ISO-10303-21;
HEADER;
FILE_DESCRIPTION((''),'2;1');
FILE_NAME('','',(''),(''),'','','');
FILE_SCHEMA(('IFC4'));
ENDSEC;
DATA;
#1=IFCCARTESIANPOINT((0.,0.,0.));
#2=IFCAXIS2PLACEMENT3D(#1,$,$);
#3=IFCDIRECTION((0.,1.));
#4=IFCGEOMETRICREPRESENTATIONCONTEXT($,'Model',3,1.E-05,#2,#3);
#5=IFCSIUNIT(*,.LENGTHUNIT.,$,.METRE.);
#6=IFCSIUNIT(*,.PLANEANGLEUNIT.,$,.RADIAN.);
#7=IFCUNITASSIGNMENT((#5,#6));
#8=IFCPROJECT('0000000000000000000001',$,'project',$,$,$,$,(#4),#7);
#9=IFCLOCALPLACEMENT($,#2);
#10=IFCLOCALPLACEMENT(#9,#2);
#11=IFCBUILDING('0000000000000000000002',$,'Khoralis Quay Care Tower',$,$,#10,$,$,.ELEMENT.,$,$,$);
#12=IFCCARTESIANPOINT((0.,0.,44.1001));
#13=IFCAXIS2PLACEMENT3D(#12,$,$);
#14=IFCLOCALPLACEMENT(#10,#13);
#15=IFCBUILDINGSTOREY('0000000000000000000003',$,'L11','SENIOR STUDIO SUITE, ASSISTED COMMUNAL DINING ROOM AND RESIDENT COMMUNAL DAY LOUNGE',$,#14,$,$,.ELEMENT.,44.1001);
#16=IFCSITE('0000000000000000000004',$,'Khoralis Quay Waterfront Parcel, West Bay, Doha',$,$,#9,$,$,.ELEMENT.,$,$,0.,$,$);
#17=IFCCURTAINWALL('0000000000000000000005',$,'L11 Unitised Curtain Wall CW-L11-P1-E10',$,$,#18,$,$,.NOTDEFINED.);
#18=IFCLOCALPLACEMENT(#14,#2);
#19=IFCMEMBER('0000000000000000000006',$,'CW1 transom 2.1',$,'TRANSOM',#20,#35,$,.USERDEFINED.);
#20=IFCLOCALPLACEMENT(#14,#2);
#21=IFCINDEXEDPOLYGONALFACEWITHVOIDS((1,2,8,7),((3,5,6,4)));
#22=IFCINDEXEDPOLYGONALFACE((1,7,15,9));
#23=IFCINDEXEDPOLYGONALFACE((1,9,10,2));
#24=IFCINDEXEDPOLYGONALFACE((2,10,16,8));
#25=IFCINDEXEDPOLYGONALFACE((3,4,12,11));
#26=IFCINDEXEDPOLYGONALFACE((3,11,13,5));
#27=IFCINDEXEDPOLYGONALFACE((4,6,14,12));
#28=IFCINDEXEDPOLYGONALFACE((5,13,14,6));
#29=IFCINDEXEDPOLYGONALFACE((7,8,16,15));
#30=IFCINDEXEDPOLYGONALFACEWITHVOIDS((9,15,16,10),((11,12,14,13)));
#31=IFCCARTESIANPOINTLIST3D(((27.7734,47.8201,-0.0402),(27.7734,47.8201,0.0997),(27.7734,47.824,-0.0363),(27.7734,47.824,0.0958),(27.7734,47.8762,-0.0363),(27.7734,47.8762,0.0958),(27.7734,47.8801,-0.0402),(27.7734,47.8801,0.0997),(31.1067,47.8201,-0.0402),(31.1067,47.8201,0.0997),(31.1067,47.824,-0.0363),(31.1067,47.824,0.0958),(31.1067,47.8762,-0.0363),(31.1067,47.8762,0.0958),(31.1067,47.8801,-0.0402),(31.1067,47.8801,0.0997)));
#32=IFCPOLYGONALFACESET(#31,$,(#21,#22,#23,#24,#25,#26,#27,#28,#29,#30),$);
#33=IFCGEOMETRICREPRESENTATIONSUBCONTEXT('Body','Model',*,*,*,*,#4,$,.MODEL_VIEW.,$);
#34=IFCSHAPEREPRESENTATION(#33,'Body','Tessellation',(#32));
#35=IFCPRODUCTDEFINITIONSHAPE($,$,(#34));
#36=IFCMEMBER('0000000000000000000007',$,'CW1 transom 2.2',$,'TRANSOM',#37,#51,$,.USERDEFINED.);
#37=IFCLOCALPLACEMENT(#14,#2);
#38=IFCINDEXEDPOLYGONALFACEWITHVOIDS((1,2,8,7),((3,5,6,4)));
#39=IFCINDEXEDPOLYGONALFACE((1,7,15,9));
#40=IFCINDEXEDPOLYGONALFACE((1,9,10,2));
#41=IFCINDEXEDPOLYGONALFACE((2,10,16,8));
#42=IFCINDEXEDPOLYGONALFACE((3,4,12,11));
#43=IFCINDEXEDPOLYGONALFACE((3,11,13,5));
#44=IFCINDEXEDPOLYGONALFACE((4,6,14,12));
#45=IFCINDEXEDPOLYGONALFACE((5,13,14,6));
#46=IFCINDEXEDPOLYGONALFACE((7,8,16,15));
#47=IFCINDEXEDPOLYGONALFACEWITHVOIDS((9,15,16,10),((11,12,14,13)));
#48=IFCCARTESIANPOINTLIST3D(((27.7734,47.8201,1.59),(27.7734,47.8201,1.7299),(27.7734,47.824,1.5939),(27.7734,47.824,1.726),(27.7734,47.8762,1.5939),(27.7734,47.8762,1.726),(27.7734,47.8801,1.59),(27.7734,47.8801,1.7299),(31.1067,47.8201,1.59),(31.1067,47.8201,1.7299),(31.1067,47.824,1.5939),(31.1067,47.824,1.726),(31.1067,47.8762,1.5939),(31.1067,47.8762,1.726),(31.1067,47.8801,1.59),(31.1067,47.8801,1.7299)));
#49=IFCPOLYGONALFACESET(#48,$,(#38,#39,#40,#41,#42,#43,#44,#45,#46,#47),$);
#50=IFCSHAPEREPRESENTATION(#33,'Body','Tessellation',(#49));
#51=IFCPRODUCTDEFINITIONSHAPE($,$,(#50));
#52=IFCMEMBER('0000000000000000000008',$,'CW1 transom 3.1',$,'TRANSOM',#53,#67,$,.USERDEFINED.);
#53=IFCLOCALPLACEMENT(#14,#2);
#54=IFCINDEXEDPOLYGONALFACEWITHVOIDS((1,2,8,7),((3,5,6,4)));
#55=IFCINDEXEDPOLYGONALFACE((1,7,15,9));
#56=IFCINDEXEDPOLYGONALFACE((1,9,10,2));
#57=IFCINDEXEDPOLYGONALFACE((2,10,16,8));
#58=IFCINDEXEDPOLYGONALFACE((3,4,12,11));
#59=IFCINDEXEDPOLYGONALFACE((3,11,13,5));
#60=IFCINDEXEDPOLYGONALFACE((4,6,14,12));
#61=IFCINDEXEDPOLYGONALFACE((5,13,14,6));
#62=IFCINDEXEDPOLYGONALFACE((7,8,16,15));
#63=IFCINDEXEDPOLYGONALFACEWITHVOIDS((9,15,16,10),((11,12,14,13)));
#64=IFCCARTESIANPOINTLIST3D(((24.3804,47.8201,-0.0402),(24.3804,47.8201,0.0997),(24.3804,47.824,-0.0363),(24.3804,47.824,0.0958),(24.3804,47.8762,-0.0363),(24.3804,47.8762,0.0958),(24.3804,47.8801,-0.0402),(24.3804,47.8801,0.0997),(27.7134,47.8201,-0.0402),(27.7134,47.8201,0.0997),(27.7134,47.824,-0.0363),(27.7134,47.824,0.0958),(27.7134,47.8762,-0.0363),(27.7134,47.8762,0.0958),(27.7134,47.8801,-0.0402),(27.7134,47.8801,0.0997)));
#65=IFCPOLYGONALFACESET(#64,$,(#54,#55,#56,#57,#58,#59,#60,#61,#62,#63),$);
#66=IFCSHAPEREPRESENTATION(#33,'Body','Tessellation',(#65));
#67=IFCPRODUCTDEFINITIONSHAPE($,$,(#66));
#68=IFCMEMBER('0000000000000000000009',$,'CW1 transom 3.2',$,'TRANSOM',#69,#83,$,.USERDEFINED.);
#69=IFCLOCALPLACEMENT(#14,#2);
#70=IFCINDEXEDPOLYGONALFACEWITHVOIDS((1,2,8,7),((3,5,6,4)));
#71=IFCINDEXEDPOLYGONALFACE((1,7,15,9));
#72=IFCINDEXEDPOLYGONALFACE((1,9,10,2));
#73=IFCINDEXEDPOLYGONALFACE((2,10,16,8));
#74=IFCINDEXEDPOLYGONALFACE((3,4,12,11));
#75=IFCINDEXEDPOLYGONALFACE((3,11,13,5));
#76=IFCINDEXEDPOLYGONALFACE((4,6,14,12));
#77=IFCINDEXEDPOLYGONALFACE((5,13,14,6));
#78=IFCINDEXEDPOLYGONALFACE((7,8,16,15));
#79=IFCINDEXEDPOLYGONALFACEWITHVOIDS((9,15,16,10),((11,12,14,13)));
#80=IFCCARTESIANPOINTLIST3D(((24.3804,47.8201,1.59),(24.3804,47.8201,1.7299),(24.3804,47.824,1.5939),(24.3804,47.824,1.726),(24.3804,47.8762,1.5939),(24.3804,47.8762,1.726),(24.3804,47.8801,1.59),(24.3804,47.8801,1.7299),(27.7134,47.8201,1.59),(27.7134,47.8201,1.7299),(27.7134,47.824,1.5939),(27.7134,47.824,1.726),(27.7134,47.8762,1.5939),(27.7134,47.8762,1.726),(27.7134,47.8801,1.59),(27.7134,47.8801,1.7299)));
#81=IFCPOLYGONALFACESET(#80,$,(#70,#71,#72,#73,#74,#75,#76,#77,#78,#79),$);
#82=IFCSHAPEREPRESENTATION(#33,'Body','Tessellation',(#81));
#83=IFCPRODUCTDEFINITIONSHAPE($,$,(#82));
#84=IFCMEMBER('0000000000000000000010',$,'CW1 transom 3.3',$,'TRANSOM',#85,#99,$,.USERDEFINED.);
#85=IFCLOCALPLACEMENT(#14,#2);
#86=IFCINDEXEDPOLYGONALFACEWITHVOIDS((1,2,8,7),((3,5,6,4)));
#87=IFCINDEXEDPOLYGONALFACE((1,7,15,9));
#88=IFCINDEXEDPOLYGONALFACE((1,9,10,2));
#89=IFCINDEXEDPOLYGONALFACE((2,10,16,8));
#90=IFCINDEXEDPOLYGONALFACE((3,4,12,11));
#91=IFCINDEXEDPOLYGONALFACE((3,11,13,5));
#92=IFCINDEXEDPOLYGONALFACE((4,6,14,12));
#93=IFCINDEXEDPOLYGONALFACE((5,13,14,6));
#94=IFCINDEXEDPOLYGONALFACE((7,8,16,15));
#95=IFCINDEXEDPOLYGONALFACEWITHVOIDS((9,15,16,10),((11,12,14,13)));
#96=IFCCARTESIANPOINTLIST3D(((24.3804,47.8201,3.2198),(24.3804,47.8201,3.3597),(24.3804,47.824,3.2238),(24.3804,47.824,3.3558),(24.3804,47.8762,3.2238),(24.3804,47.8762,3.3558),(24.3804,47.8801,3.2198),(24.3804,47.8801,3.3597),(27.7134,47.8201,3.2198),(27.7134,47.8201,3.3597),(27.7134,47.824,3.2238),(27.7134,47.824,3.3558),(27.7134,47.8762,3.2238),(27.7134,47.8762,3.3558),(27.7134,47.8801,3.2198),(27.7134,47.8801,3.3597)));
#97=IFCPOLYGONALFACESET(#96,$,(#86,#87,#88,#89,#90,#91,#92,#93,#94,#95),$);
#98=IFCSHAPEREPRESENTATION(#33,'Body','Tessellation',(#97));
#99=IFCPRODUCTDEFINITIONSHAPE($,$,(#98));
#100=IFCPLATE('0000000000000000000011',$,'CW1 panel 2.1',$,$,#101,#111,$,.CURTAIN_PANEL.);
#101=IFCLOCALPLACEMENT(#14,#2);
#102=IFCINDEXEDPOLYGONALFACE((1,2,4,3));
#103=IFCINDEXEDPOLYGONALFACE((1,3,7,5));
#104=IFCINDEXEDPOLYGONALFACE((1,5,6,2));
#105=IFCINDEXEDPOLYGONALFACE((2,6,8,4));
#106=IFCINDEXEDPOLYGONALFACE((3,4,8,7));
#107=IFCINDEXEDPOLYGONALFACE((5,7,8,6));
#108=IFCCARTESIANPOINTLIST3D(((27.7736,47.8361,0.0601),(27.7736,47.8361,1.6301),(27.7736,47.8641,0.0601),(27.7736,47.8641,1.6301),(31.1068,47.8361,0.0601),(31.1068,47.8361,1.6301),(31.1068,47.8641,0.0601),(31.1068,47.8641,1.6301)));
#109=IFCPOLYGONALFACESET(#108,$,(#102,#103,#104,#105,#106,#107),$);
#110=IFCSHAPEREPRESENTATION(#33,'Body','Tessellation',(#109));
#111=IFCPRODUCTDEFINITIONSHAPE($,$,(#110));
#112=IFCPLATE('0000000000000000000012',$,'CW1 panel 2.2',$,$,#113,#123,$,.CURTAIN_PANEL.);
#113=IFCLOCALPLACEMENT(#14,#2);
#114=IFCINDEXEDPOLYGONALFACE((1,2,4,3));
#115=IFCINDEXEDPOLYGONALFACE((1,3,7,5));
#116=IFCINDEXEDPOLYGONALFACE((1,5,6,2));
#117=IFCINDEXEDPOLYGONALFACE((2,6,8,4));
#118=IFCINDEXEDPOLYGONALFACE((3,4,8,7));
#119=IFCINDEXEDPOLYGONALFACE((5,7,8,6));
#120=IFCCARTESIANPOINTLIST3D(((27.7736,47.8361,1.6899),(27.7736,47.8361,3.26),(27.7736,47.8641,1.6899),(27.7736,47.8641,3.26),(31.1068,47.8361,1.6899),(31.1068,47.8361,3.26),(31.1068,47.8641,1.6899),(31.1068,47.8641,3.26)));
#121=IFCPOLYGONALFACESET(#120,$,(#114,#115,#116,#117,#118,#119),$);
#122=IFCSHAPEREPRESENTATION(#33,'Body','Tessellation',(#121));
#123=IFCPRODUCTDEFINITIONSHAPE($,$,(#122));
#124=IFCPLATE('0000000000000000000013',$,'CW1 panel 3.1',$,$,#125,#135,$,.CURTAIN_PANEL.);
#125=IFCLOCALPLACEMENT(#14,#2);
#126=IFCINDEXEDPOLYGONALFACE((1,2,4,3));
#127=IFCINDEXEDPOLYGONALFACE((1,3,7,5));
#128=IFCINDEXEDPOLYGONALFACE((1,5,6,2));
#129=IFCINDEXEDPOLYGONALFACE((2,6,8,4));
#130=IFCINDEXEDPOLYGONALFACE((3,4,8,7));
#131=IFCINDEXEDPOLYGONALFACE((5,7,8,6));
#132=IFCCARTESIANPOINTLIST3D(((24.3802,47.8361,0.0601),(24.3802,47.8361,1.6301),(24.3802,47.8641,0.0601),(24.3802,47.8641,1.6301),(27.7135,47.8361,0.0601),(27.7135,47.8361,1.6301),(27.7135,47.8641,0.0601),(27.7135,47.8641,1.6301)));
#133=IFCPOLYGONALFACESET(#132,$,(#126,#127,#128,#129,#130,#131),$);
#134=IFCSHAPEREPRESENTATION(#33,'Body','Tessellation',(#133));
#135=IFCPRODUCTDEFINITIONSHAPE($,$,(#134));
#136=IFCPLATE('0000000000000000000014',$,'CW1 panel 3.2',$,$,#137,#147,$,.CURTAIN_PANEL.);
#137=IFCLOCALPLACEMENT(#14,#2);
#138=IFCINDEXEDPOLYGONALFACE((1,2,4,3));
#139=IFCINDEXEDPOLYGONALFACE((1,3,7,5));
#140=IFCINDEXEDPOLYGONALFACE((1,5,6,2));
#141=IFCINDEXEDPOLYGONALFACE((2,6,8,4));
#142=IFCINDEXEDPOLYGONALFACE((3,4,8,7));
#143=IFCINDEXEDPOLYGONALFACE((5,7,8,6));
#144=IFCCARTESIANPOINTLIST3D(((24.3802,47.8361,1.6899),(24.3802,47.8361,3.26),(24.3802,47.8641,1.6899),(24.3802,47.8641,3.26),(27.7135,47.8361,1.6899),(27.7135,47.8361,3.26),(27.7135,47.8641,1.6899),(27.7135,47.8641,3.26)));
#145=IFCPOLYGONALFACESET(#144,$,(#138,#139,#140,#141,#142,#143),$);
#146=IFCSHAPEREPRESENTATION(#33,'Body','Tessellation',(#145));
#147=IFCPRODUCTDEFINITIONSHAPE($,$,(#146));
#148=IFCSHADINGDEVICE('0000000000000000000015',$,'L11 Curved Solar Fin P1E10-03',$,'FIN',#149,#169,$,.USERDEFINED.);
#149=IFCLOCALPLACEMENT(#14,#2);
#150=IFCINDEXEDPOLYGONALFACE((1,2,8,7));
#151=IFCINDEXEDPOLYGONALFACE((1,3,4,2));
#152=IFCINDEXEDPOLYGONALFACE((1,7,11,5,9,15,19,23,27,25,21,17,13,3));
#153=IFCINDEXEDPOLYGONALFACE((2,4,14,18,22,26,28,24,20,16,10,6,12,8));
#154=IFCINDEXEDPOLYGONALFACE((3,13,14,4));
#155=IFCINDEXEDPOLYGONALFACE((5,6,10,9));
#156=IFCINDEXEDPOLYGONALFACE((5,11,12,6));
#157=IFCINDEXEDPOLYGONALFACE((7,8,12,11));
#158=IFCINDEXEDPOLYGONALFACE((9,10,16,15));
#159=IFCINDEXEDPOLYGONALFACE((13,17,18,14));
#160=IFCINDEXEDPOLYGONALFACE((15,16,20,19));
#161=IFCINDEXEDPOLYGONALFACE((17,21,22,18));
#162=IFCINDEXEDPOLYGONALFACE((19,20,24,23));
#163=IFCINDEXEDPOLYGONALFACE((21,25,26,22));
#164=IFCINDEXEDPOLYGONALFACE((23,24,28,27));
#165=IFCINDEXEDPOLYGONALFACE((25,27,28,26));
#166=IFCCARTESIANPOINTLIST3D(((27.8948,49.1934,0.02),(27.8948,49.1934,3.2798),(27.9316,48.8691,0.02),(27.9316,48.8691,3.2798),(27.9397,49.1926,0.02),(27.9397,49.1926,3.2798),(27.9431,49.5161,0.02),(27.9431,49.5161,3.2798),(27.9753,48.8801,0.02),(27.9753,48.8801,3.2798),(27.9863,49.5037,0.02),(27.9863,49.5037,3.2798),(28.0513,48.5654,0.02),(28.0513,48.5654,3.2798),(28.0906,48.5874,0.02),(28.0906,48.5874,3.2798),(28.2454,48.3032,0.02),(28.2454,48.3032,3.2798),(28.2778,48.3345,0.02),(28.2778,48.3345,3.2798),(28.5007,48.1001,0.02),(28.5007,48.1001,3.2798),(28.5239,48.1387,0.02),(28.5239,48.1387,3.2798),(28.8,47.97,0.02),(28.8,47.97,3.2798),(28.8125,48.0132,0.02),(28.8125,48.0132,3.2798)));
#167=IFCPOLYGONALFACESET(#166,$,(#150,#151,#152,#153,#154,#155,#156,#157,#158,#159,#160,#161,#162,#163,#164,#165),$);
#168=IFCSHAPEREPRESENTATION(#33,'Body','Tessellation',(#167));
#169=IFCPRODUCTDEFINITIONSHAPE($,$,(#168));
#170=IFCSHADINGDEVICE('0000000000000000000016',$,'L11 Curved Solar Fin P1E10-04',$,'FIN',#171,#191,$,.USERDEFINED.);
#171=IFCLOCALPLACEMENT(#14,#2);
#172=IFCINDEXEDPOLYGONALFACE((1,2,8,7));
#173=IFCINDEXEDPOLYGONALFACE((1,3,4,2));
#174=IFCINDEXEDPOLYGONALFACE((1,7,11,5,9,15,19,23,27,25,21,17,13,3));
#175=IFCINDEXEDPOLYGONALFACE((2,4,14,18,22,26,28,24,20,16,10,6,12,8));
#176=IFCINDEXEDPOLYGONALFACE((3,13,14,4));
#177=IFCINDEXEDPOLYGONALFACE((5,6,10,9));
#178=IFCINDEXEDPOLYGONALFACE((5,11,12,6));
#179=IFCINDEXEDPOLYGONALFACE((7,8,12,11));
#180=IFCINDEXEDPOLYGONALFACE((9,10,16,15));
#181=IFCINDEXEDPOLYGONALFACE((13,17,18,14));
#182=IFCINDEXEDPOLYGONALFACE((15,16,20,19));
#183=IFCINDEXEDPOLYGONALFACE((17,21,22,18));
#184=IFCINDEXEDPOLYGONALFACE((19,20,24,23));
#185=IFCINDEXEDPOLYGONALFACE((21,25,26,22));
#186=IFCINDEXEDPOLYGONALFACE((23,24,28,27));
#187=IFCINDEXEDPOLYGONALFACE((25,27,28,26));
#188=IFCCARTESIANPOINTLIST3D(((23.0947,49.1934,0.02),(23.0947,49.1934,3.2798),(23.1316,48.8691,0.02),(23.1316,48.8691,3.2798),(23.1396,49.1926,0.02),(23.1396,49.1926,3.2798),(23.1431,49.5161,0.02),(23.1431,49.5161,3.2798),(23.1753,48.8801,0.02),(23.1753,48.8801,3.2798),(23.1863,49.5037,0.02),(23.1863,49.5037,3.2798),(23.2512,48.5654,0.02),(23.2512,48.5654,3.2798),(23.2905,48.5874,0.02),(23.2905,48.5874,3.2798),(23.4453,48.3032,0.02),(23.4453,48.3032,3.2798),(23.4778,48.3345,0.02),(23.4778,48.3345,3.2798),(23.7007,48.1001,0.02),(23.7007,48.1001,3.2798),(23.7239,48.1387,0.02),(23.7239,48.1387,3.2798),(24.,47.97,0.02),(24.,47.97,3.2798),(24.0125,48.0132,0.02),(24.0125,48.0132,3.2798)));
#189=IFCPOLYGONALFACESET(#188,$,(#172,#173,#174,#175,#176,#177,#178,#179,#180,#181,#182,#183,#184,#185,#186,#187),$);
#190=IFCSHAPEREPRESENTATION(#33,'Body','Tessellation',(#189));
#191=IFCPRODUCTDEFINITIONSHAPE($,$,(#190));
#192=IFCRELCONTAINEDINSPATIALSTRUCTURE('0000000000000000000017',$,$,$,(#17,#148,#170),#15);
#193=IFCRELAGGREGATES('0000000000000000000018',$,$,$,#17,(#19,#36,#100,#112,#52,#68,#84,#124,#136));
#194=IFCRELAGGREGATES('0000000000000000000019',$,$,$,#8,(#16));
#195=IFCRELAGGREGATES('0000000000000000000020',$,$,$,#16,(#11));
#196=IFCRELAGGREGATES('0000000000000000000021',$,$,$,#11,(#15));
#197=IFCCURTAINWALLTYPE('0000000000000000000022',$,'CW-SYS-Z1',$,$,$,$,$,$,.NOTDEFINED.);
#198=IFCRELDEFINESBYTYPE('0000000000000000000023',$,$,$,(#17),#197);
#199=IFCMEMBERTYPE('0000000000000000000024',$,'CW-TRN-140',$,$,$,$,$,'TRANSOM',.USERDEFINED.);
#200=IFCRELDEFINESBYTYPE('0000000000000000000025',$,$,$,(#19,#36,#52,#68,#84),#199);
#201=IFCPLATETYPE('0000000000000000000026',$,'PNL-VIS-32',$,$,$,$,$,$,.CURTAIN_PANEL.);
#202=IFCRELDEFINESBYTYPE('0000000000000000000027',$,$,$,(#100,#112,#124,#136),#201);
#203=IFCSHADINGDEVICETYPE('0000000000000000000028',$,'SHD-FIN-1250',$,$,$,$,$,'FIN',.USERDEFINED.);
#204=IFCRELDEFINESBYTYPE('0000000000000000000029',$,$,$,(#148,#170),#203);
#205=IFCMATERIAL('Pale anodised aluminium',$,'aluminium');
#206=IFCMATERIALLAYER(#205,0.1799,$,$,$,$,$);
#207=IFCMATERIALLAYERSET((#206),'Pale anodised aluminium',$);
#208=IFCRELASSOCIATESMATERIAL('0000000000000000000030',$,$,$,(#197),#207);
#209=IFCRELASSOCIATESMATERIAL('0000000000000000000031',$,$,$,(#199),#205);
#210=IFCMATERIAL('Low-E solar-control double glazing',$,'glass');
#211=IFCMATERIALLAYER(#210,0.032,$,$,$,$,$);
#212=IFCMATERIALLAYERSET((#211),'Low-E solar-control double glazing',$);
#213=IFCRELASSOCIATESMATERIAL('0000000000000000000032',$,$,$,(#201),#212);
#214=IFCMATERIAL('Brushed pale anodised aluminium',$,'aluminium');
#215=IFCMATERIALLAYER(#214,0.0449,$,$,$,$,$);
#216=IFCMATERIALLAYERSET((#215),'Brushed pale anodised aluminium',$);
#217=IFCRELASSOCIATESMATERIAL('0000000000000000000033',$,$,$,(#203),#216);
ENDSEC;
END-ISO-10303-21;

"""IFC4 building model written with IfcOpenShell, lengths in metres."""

from ifc_helpers import new_model, si_unit, direction, frame, origin, origin_2d, place, context, subcontext, project, spatial, polyline, rectangle, hollow_rectangle, outline, extrude, source, transform, mapped, material, layer, layer_set, material_profile, profile_set, type_object, element, aggregate, save


model = new_model("IFC4")

# Units and contexts
model_context = context("Model", 3, precision=1e-05, world=origin(), true_north=direction((0.0, 1.0)))
body_context = subcontext(model_context, "Body", "Model", "MODEL_VIEW")
ifc_project = project(units=[si_unit("LENGTHUNIT", "METRE"), si_unit("PLANEANGLEUNIT", "RADIAN")], contexts=[model_context])

# Site, building, storey
site_placement = place(None, origin())
site = spatial("IfcSite", under=ifc_project, at=site_placement, Name="Khoralis Quay Waterfront Parcel, West Bay, Doha", CompositionType="ELEMENT", RefElevation=0.0)
building_placement = place(site_placement, origin())
building = spatial("IfcBuilding", under=site, at=building_placement, Name="Khoralis Quay Care Tower", CompositionType="ELEMENT")
storey_placement = place(building_placement, frame((0.0, 0.0, 44.1001)))
storey = spatial("IfcBuildingStorey", under=building, at=storey_placement, Name="L11", Description="SENIOR STUDIO SUITE, ASSISTED COMMUNAL DINING ROOM AND RESIDENT COMMUNAL DAY LOUNGE", CompositionType="ELEMENT", Elevation=44.1001)

# Curtain wall
ifc_material_1 = material(Name="Pale anodised aluminium", Category="aluminium")
ifc_layer_1 = layer(ifc_material_1, 0.1799)
ifc_layer_set_1 = layer_set([ifc_layer_1], Name="Pale anodised aluminium")
curtain_wall_type = type_object("IfcCurtainWallType", Name="CW-SYS-Z1", PredefinedType="NOTDEFINED", material=ifc_layer_set_1)
curtain_wall_placement = place(storey_placement, origin())
curtain_wall = element("IfcCurtainWall", 1, at=curtain_wall_placement, inside=storey, type_object=curtain_wall_type, Name="L11 Unitised Curtain Wall CW-L11-P1-E10", PredefinedType="NOTDEFINED")

# Members
ifc_material_profile_1 = material_profile(ifc_material_1, hollow_rectangle(XDim=0.0601, YDim=0.1399, WallThickness=0.0039, at=origin_2d()), Name="Pale anodised aluminium")
ifc_profile_set_1 = profile_set([ifc_material_profile_1], Name="Pale anodised aluminium")
member_type_1 = type_object("IfcMemberType", Name="CW-TRN-140", ElementType="TRANSOM", PredefinedType="USERDEFINED", material=ifc_profile_set_1)
shared_shape_1 = source(origin(), body_context, "Body", "SweptSolid", [
    extrude(hollow_rectangle(XDim=0.0601, YDim=0.1399, WallThickness=0.0039, at=origin_2d()), origin(), (0.0, 0.0, 1.0), 3.3333),
])
member_1_placement = place(storey_placement, frame((31.1067, 47.8501, 0.0298), z_axis=(-1.0, 0.0, 0.0), x_axis=(0.0, -1.0, 0.0)))
member_1 = element("IfcMember", 2, at=member_1_placement, type_object=member_type_1, Name="CW1 transom 2.1", ObjectType="TRANSOM", PredefinedType="USERDEFINED", context=body_context, shape_type="MappedRepresentation", body=[
    mapped(shared_shape_1, transform((0.0, 0.0, 0.0), scale=1.0)),
])
member_2_placement = place(storey_placement, frame((31.1067, 47.8501, 1.6599), z_axis=(-1.0, 0.0, 0.0), x_axis=(0.0, -1.0, 0.0)))
member_2 = element("IfcMember", 3, at=member_2_placement, type_object=member_type_1, Name="CW1 transom 2.2", ObjectType="TRANSOM", PredefinedType="USERDEFINED", context=body_context, shape_type="MappedRepresentation", body=[
    mapped(shared_shape_1, transform((0.0, 0.0, 0.0), scale=1.0)),
])
shared_shape_2 = source(origin(), body_context, "Body", "SweptSolid", [
    extrude(hollow_rectangle(XDim=0.0601, YDim=0.1399, WallThickness=0.0039, at=origin_2d()), origin(), (0.0, 0.0, 1.0), 3.333),
])
member_3_placement = place(storey_placement, frame((27.7134, 47.8501, 0.0298), z_axis=(-1.0, 0.0, 0.0), x_axis=(0.0, -1.0, 0.0)))
member_3 = element("IfcMember", 4, at=member_3_placement, type_object=member_type_1, Name="CW1 transom 3.1", ObjectType="TRANSOM", PredefinedType="USERDEFINED", context=body_context, shape_type="MappedRepresentation", body=[
    mapped(shared_shape_2, transform((0.0, 0.0, 0.0), scale=1.0)),
])
member_4_placement = place(storey_placement, frame((27.7134, 47.8501, 1.6599), z_axis=(-1.0, 0.0, 0.0), x_axis=(0.0, -1.0, 0.0)))
member_4 = element("IfcMember", 5, at=member_4_placement, type_object=member_type_1, Name="CW1 transom 3.2", ObjectType="TRANSOM", PredefinedType="USERDEFINED", context=body_context, shape_type="MappedRepresentation", body=[
    mapped(shared_shape_2, transform((0.0, 0.0, 0.0), scale=1.0)),
])
member_5_placement = place(storey_placement, frame((27.7134, 47.8501, 3.2898), z_axis=(-1.0, 0.0, 0.0), x_axis=(0.0, -1.0, 0.0)))
member_5 = element("IfcMember", 6, at=member_5_placement, type_object=member_type_1, Name="CW1 transom 3.3", ObjectType="TRANSOM", PredefinedType="USERDEFINED", context=body_context, shape_type="MappedRepresentation", body=[
    mapped(shared_shape_2, transform((0.0, 0.0, 0.0), scale=1.0)),
])

# Plates
ifc_material_2 = material(Name="Low-E solar-control double glazing", Category="glass")
ifc_layer_2 = layer(ifc_material_2, 0.032)
ifc_layer_set_2 = layer_set([ifc_layer_2], Name="Low-E solar-control double glazing")
plate_type = type_object("IfcPlateType", Name="PNL-VIS-32", PredefinedType="CURTAIN_PANEL", material=ifc_layer_set_2)
shared_shape_3 = source(origin(), body_context, "Body", "SweptSolid", [
    extrude(rectangle(XDim=3.3333, YDim=0.0281, at=origin_2d()), origin(), (0.0, 0.0, 1.0), 1.5701),
])
plate_1_placement = place(storey_placement, frame((29.4402, 47.8501, 0.0601), z_axis=(0.0, 0.0, 1.0), x_axis=(-1.0, 0.0, 0.0)))
plate_1 = element("IfcPlate", 7, at=plate_1_placement, type_object=plate_type, Name="CW1 panel 2.1", PredefinedType="CURTAIN_PANEL", context=body_context, shape_type="MappedRepresentation", body=[
    mapped(shared_shape_3, transform((0.0, 0.0, 0.0), scale=1.0)),
])
plate_2_placement = place(storey_placement, frame((29.4402, 47.8501, 1.6899), z_axis=(0.0, 0.0, 1.0), x_axis=(-1.0, 0.0, 0.0)))
plate_2 = element("IfcPlate", 8, at=plate_2_placement, type_object=plate_type, Name="CW1 panel 2.2", PredefinedType="CURTAIN_PANEL", context=body_context, shape_type="MappedRepresentation", body=[
    mapped(shared_shape_3, transform((0.0, 0.0, 0.0), scale=1.0)),
])
plate_3_placement = place(storey_placement, frame((26.0469, 47.8501, 0.0601), z_axis=(0.0, 0.0, 1.0), x_axis=(-1.0, 0.0, 0.0)))
plate_3 = element("IfcPlate", 9, at=plate_3_placement, type_object=plate_type, Name="CW1 panel 3.1", PredefinedType="CURTAIN_PANEL", context=body_context, shape_type="MappedRepresentation", body=[
    mapped(shared_shape_3, transform((0.0, 0.0, 0.0), scale=1.0)),
])
plate_4_placement = place(storey_placement, frame((26.0469, 47.8501, 1.6899), z_axis=(0.0, 0.0, 1.0), x_axis=(-1.0, 0.0, 0.0)))
plate_4 = element("IfcPlate", 10, at=plate_4_placement, type_object=plate_type, Name="CW1 panel 3.2", PredefinedType="CURTAIN_PANEL", context=body_context, shape_type="MappedRepresentation", body=[
    mapped(shared_shape_3, transform((0.0, 0.0, 0.0), scale=1.0)),
])
aggregate(curtain_wall, [member_1, member_2, plate_1, plate_2, member_3, member_4, member_5, plate_3, plate_4])

# Shading devices
ifc_material_3 = material(Name="Brushed pale anodised aluminium", Category="aluminium")
ifc_layer_3 = layer(ifc_material_3, 0.0449)
ifc_layer_set_3 = layer_set([ifc_layer_3], Name="Brushed pale anodised aluminium")
shading_device_type = type_object("IfcShadingDeviceType", Name="SHD-FIN-1250", ElementType="FIN", PredefinedType="USERDEFINED", material=ifc_layer_set_3)
shared_shape_4 = source(origin(), body_context, "Body", "SweptSolid", [
    extrude(outline(polyline([(0.0, 0.0), (0.1301, 0.2993), (0.3333, 0.5547), (0.5955, 0.7488), (0.8992, 0.8684), (1.2234, 0.9053), (1.5461, 0.8569), (1.5337, 0.8137), (1.2227, 0.8604), (0.9102, 0.8247), (0.6174, 0.7095), (0.3645, 0.5222), (0.1687, 0.2761), (0.0432, -0.0125), (0.0, 0.0)])), origin(), (0.0, 0.0, 1.0), 3.2598),
])
for number, where, z_axis, x_axis, name in (
    (11, (28.8, 47.97, 0.02), (0.0, 0.0, 1.0), (0.0, 1.0, 0.0), "L11 Curved Solar Fin P1E10-03"),
    (12, (24.0, 47.97, 0.02), (0.0, 0.0, 1.0), (0.0, 1.0, 0.0), "L11 Curved Solar Fin P1E10-04"),
):
    element("IfcShadingDevice", number, at=place(storey_placement, frame(where, z_axis=z_axis, x_axis=x_axis)), inside=storey, type_object=shading_device_type, Name=name, ObjectType="FIN", PredefinedType="USERDEFINED", context=body_context, shape_type="MappedRepresentation", body=[
        mapped(shared_shape_4, transform((0.0, 0.0, 0.0), scale=1.0)),
    ])

save(model, "model.ifc")
